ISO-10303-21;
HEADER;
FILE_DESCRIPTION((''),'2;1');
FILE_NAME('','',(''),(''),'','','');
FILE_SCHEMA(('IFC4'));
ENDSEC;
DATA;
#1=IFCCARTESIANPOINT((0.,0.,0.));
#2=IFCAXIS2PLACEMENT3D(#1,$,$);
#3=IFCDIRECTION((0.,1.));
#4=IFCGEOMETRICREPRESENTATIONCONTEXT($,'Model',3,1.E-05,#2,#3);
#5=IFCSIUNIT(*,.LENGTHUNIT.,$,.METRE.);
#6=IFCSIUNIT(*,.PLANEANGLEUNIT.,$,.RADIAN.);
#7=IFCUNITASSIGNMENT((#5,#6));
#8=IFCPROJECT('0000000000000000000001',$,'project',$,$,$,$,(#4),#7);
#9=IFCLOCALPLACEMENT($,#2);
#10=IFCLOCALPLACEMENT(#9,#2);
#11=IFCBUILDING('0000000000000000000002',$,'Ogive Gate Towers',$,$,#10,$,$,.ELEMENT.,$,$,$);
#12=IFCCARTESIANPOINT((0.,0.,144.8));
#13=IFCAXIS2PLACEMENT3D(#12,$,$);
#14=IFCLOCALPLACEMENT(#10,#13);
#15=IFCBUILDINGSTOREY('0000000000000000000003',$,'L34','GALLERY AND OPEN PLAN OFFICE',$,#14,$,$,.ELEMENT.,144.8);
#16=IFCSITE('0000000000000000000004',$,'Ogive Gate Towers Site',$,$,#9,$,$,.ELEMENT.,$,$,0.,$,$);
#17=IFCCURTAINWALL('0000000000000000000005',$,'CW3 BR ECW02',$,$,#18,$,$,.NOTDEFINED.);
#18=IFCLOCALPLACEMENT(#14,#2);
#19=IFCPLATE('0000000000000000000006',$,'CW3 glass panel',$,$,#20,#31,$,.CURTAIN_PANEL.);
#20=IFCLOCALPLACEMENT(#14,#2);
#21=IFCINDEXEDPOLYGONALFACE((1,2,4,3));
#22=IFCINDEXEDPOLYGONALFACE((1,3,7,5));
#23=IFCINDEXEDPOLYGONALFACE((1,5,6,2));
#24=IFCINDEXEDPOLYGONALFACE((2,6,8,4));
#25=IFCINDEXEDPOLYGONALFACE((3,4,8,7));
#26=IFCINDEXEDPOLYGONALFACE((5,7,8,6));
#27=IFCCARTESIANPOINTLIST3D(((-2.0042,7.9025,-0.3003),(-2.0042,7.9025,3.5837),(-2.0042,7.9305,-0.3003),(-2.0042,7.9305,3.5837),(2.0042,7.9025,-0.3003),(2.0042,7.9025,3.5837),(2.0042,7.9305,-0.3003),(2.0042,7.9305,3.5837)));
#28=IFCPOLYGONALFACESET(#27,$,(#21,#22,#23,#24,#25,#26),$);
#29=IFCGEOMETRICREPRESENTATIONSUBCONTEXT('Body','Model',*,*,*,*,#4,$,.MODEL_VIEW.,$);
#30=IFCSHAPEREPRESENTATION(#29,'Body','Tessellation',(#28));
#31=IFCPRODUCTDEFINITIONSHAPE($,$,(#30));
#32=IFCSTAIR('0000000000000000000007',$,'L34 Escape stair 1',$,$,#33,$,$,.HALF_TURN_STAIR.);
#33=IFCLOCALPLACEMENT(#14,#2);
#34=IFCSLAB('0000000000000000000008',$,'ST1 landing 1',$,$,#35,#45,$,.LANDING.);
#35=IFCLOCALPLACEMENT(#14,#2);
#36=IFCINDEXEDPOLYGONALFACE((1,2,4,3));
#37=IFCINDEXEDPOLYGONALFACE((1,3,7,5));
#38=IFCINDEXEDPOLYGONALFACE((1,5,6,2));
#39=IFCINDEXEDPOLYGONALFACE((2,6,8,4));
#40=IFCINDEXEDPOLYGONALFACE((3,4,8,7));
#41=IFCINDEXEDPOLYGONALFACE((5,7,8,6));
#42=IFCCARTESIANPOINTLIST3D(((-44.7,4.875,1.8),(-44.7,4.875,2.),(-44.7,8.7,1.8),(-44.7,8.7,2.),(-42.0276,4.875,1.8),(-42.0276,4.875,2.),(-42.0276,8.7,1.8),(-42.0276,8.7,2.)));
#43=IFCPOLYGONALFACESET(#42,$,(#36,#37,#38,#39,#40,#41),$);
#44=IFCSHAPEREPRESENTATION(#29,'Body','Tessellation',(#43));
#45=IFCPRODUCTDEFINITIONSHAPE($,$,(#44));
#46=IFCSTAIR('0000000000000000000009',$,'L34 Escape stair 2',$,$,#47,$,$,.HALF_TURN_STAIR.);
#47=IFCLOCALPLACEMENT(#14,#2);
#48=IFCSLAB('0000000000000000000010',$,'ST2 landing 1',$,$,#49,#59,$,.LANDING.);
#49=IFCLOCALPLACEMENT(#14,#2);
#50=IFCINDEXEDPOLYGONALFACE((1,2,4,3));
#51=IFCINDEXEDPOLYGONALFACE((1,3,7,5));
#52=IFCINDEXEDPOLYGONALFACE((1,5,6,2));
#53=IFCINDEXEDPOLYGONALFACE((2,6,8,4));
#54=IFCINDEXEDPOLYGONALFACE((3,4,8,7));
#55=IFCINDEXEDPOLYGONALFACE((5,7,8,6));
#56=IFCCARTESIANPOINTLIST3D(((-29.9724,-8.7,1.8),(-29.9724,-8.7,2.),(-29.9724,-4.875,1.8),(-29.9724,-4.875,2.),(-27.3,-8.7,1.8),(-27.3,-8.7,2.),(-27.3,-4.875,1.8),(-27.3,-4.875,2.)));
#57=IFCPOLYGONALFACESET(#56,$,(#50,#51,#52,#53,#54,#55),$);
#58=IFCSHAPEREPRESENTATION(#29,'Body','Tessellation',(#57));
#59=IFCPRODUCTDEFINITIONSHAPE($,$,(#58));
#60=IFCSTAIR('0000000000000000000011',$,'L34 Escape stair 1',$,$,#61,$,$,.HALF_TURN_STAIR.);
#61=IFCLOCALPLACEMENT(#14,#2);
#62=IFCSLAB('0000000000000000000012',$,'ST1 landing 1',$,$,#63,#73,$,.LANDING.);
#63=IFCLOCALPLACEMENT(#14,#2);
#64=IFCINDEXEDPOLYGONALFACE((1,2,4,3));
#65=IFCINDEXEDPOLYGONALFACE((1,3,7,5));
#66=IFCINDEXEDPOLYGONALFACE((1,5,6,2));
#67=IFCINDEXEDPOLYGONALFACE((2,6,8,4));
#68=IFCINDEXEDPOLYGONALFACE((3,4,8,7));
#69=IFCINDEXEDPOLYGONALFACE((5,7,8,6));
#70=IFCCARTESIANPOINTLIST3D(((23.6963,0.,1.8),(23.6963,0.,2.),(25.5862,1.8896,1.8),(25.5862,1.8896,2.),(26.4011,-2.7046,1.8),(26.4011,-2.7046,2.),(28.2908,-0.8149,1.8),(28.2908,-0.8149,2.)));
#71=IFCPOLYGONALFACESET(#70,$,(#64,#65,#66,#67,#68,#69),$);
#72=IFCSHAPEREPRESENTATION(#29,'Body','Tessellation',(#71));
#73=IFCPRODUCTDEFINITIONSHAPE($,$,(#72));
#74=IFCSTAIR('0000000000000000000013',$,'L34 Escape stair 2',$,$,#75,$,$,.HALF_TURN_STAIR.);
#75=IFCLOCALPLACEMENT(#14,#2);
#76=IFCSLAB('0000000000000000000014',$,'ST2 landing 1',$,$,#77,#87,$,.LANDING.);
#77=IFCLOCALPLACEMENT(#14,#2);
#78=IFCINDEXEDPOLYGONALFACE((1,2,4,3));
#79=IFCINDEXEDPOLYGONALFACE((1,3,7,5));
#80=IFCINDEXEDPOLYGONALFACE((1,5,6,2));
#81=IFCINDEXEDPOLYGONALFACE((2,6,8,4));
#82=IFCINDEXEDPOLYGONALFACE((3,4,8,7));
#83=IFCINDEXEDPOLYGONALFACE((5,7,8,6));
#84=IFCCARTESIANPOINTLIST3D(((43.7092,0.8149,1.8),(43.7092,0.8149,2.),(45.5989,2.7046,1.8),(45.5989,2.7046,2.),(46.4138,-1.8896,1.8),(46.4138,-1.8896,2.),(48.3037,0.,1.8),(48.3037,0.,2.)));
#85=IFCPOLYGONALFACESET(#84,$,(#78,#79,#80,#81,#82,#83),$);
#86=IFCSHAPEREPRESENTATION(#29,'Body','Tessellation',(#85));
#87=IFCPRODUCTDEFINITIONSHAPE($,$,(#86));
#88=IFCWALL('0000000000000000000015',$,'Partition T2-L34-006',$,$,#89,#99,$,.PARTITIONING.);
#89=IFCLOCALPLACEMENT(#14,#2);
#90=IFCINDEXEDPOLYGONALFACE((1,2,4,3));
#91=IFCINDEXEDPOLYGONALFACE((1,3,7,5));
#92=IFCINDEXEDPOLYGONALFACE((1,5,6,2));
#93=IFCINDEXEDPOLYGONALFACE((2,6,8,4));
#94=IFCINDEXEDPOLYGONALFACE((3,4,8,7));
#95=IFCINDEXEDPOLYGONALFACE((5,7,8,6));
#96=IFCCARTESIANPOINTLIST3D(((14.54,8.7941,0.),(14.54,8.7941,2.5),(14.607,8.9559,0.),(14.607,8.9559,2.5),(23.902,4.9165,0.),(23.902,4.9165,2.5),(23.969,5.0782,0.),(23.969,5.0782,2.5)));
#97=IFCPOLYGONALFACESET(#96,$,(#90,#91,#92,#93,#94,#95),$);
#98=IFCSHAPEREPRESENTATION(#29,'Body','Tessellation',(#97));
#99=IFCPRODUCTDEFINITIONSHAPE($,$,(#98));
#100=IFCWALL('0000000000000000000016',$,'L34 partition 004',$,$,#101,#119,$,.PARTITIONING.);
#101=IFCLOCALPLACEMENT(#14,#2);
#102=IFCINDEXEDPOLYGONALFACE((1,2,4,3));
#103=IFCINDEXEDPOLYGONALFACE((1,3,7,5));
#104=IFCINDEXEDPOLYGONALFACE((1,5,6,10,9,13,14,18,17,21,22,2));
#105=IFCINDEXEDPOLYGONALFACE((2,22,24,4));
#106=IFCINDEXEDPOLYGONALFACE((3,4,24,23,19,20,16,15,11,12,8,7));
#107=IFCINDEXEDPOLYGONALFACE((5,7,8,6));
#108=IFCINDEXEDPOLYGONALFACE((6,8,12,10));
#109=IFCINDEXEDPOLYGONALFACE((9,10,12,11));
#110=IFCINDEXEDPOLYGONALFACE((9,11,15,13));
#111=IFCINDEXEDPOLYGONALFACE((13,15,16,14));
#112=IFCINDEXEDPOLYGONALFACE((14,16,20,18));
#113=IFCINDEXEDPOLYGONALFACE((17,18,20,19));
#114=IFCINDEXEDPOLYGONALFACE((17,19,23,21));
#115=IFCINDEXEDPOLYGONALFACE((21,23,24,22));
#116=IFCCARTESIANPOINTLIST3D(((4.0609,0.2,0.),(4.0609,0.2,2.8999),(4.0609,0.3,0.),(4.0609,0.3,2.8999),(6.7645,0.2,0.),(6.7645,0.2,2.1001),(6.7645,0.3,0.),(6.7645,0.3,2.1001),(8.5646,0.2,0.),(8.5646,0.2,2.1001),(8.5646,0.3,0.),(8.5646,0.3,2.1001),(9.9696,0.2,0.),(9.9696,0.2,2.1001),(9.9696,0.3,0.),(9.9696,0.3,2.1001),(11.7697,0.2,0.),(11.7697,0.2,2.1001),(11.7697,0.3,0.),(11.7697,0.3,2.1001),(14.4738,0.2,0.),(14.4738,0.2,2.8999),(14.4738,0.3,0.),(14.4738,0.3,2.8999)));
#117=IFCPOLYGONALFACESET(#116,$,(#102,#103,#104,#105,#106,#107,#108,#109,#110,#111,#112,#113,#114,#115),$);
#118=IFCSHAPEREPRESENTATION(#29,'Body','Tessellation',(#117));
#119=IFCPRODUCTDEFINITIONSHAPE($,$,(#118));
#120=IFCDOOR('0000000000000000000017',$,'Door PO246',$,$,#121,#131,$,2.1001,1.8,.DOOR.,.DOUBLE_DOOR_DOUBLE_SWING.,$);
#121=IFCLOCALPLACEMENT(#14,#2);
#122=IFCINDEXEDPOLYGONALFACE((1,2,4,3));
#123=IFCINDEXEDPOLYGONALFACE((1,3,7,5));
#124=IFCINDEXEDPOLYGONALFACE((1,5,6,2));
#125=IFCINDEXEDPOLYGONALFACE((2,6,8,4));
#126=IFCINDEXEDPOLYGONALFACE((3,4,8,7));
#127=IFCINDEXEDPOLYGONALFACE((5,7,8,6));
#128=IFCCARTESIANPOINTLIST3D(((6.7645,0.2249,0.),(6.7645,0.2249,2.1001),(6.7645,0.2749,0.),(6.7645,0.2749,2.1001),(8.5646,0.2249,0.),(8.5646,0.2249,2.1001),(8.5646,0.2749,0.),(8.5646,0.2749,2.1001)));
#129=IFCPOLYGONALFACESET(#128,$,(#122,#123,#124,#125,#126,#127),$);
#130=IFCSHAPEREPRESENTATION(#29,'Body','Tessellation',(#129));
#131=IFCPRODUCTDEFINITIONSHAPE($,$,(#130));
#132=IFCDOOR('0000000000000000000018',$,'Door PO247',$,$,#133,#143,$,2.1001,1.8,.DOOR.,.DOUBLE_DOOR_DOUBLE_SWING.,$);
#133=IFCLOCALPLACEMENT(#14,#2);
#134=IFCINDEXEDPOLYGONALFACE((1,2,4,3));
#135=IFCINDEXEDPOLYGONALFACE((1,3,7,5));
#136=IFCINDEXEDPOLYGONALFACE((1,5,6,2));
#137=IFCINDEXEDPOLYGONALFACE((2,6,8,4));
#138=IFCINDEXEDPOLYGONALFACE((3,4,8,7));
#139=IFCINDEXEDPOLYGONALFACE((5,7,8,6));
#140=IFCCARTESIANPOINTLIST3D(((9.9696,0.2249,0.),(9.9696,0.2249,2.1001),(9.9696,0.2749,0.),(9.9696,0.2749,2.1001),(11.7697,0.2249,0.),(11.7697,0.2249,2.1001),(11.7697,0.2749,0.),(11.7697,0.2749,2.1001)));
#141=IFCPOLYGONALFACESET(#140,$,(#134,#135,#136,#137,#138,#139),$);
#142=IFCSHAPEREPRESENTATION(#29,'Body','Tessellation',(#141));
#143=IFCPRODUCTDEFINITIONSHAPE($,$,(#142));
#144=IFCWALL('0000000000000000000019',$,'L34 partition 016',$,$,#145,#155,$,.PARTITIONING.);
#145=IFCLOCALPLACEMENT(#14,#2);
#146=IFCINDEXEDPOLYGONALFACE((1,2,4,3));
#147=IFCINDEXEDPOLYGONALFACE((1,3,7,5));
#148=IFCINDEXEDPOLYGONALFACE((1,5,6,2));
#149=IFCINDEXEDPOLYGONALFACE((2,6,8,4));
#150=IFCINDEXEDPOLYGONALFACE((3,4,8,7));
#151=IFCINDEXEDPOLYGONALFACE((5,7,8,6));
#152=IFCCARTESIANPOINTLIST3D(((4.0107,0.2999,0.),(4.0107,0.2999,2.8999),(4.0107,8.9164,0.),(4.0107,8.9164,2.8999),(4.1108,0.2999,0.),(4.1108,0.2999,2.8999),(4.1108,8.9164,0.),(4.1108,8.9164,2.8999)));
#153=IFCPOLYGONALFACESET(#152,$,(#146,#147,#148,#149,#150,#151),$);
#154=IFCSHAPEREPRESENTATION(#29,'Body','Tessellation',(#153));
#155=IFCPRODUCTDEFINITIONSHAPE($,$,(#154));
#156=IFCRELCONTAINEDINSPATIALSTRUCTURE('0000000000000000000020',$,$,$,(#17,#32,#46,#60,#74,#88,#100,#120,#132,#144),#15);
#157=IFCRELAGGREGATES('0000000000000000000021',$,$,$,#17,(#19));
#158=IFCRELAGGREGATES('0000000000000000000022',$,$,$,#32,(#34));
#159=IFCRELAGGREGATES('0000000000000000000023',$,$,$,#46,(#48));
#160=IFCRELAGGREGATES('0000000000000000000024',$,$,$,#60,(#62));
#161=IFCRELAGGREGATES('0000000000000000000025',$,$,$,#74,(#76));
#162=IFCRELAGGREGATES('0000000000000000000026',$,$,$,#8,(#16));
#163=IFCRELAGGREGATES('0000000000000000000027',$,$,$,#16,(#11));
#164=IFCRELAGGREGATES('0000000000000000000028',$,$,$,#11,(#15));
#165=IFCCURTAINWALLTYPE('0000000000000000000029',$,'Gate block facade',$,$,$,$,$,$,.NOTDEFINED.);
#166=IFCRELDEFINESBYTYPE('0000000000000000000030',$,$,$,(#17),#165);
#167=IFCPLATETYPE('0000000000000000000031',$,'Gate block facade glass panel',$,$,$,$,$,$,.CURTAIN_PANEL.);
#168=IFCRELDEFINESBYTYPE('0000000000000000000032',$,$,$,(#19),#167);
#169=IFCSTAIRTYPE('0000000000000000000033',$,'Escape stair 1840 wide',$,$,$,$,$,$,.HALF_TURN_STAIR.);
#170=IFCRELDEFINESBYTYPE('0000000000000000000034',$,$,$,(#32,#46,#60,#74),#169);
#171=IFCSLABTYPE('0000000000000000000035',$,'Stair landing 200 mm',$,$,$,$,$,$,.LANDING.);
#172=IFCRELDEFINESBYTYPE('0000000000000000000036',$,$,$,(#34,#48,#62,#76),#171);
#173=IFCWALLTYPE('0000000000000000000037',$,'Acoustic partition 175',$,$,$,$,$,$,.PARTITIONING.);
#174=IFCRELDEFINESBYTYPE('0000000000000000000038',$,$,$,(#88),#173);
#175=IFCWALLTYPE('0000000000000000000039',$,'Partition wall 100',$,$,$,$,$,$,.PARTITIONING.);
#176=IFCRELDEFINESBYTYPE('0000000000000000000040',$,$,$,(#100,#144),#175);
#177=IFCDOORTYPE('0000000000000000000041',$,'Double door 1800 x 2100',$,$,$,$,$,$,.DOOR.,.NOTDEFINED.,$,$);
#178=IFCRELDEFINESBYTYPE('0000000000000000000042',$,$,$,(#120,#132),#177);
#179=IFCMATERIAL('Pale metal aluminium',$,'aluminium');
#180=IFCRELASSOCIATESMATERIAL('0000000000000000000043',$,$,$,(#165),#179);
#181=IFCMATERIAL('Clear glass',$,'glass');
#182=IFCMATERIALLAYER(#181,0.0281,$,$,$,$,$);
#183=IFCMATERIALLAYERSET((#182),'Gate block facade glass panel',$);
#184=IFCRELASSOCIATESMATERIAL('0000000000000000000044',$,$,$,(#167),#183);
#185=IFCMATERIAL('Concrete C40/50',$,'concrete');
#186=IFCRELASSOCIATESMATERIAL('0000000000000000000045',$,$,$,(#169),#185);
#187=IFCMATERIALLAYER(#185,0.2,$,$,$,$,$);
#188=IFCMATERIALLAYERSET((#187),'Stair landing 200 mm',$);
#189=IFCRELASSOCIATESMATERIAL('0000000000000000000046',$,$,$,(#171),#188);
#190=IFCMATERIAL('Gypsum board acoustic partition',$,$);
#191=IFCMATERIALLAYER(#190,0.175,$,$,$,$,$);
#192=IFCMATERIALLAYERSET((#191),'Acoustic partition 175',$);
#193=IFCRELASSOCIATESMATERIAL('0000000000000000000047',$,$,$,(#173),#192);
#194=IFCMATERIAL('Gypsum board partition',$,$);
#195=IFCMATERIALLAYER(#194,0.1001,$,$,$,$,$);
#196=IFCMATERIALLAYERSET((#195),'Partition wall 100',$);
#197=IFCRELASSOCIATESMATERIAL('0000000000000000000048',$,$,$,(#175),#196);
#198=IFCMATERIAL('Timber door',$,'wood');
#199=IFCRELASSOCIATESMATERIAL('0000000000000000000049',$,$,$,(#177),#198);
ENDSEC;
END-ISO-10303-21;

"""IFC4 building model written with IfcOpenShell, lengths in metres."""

from ifc_helpers import new_model, si_unit, direction, frame, frame_2d, origin, origin_2d, place, context, subcontext, project, spatial, polyline, rectangle, outline, extrude, material, layer, layer_set, type_object, element, fill, aggregate, save


model = new_model("IFC4")

# Units and contexts
model_context = context("Model", 3, precision=1e-05, world=origin(), true_north=direction((0.0, 1.0)))
body_context = subcontext(model_context, "Body", "Model", "MODEL_VIEW")
ifc_project = project(units=[si_unit("LENGTHUNIT", "METRE"), si_unit("PLANEANGLEUNIT", "RADIAN")], contexts=[model_context])

# Site, building, storey
site_placement = place(None, origin())
site = spatial("IfcSite", under=ifc_project, at=site_placement, Name="Ogive Gate Towers Site", CompositionType="ELEMENT", RefElevation=0.0)
building_placement = place(site_placement, origin())
building = spatial("IfcBuilding", under=site, at=building_placement, Name="Ogive Gate Towers", CompositionType="ELEMENT")
storey_placement = place(building_placement, frame((0.0, 0.0, 144.8)))
storey = spatial("IfcBuildingStorey", under=building, at=storey_placement, Name="L34", Description="GALLERY AND OPEN PLAN OFFICE", CompositionType="ELEMENT", Elevation=144.8)

# Curtain wall
ifc_material_1 = material(Name="Pale metal aluminium", Category="aluminium")
curtain_wall_type_1 = type_object("IfcCurtainWallType", Name="Gate block facade", PredefinedType="NOTDEFINED", material=ifc_material_1)
curtain_wall_1_placement = place(storey_placement, origin())
curtain_wall_1 = element("IfcCurtainWall", 1, at=curtain_wall_1_placement, inside=storey, type_object=curtain_wall_type_1, Name="CW3 BR ECW02", PredefinedType="NOTDEFINED")

# Shared definitions
ifc_material_2 = material(Name="Concrete C40/50", Category="concrete")

# Plate
ifc_material_3 = material(Name="Clear glass", Category="glass")
ifc_layer_1 = layer(ifc_material_3, 0.0281)
ifc_layer_set_1 = layer_set([ifc_layer_1], Name="Gate block facade glass panel")
plate_type = type_object("IfcPlateType", Name="Gate block facade glass panel", PredefinedType="CURTAIN_PANEL", material=ifc_layer_set_1)
plate_1_placement = place(storey_placement, frame((0.0, 7.9165, -0.3003), z_axis=(0.0, 0.0, 1.0), x_axis=(-1.0, 0.0, 0.0)))
plate_1 = element("IfcPlate", 2, at=plate_1_placement, type_object=plate_type, Name="CW3 glass panel", PredefinedType="CURTAIN_PANEL", context=body_context, shape_type="SweptSolid", body=[
    extrude(rectangle(XDim=4.0083, YDim=0.0281, at=origin_2d()), origin(), (0.0, 0.0, 1.0), 3.884),
])
aggregate(curtain_wall_1, [plate_1])

# Stairs, slabs
stair_type = type_object("IfcStairType", Name="Escape stair 1840 wide", PredefinedType="HALF_TURN_STAIR", material=ifc_material_2)
stair_1_placement = place(storey_placement, origin())
stair_1 = element("IfcStair", 3, at=stair_1_placement, inside=storey, type_object=stair_type, Name="L34 Escape stair 1", PredefinedType="HALF_TURN_STAIR")
ifc_layer_2 = layer(ifc_material_2, 0.2)
ifc_layer_set_2 = layer_set([ifc_layer_2], Name="Stair landing 200 mm")
slab_type_1 = type_object("IfcSlabType", Name="Stair landing 200 mm", PredefinedType="LANDING", material=ifc_layer_set_2)
slab_1_placement = place(storey_placement, frame((0.0, 0.0, 1.8)))
slab_1 = element("IfcSlab", 4, at=slab_1_placement, type_object=slab_type_1, Name="ST1 landing 1", PredefinedType="LANDING", context=body_context, shape_type="SweptSolid", body=[
    extrude(outline(polyline([(-42.0276, 8.7), (-44.7, 8.7), (-44.7, 4.875), (-42.0276, 4.875), (-42.0276, 8.7)])), origin(), (0.0, 0.0, 1.0), 0.2),
])
aggregate(stair_1, [slab_1])
stair_2_placement = place(storey_placement, origin())
stair_2 = element("IfcStair", 5, at=stair_2_placement, inside=storey, type_object=stair_type, Name="L34 Escape stair 2", PredefinedType="HALF_TURN_STAIR")
slab_2_placement = place(storey_placement, frame((0.0, 0.0, 1.8)))
slab_2 = element("IfcSlab", 6, at=slab_2_placement, type_object=slab_type_1, Name="ST2 landing 1", PredefinedType="LANDING", context=body_context, shape_type="SweptSolid", body=[
    extrude(outline(polyline([(-29.9724, -8.7), (-27.3, -8.7), (-27.3, -4.875), (-29.9724, -4.875), (-29.9724, -8.7)])), origin(), (0.0, 0.0, 1.0), 0.2),
])
aggregate(stair_2, [slab_2])
stair_3_placement = place(storey_placement, origin())
stair_3 = element("IfcStair", 7, at=stair_3_placement, inside=storey, type_object=stair_type, Name="L34 Escape stair 1", PredefinedType="HALF_TURN_STAIR")
slab_3_placement = place(storey_placement, frame((0.0, 0.0, 1.8)))
slab_3 = element("IfcSlab", 8, at=slab_3_placement, type_object=slab_type_1, Name="ST1 landing 1", PredefinedType="LANDING", context=body_context, shape_type="SweptSolid", body=[
    extrude(outline(polyline([(25.5862, 1.8896), (23.6963, 0.0), (26.4011, -2.7046), (28.2908, -0.8149), (25.5862, 1.8896)])), origin(), (0.0, 0.0, 1.0), 0.2),
])
aggregate(stair_3, [slab_3])
stair_4_placement = place(storey_placement, origin())
stair_4 = element("IfcStair", 9, at=stair_4_placement, inside=storey, type_object=stair_type, Name="L34 Escape stair 2", PredefinedType="HALF_TURN_STAIR")
slab_4_placement = place(storey_placement, frame((0.0, 0.0, 1.8)))
slab_4 = element("IfcSlab", 10, at=slab_4_placement, type_object=slab_type_1, Name="ST2 landing 1", PredefinedType="LANDING", context=body_context, shape_type="SweptSolid", body=[
    extrude(outline(polyline([(46.4138, -1.8896), (48.3037, 0.0), (45.5989, 2.7046), (43.7092, 0.8149), (46.4138, -1.8896)])), origin(), (0.0, 0.0, 1.0), 0.2),
])
aggregate(stair_4, [slab_4])

# Wall
ifc_material_4 = material(Name="Gypsum board acoustic partition")
ifc_layer_3 = layer(ifc_material_4, 0.175)
ifc_layer_set_3 = layer_set([ifc_layer_3], Name="Acoustic partition 175")
wall_type_1 = type_object("IfcWallType", Name="Acoustic partition 175", PredefinedType="PARTITIONING", material=ifc_layer_set_3)
wall_1_placement = place(storey_placement, frame((14.5735, 8.875, 0.0), z_axis=(0.0, 0.0, 1.0), x_axis=(0.923887, -0.382666, 0.0)))
element("IfcWall", 11, at=wall_1_placement, inside=storey, type_object=wall_type_1, Name="Partition T2-L34-006", PredefinedType="PARTITIONING", context=body_context, shape_type="SweptSolid", body=[
    extrude(rectangle(XDim=10.1333, YDim=0.175, at=frame_2d((5.0667, 0.0))), origin(), (0.0, 0.0, 1.0), 2.5),
])

# Wall, openings, doors
ifc_material_5 = material(Name="Gypsum board partition")
ifc_layer_4 = layer(ifc_material_5, 0.1001)
ifc_layer_set_4 = layer_set([ifc_layer_4], Name="Partition wall 100")
wall_type_2 = type_object("IfcWallType", Name="Partition wall 100", PredefinedType="PARTITIONING", material=ifc_layer_set_4)
wall_2_placement = place(storey_placement, frame((4.0608, 0.25, 0.0), z_axis=(0.0, 0.0, 1.0), x_axis=(1.0, 0.0, 0.0)))
wall_2 = element("IfcWall", 12, at=wall_2_placement, inside=storey, type_object=wall_type_2, Name="L34 partition 004", PredefinedType="PARTITIONING", context=body_context, shape_type="SweptSolid", body=[
    extrude(rectangle(XDim=10.4128, YDim=0.1001, at=frame_2d((5.2065, 0.0))), origin(), (0.0, 0.0, 1.0), 2.8999),
])
opening_1_placement = place(wall_2_placement, frame((2.7039, 0.0, 0.0)))
opening_1 = element("IfcOpeningElement", 13, at=opening_1_placement, cuts=wall_2, PredefinedType="OPENING", context=body_context, shape_type="SweptSolid", body=[
    extrude(rectangle(XDim=1.8, YDim=2.1001, at=frame_2d((0.8999, 1.05))), frame((0.0, 0.0601, 0.0), z_axis=(0.0, -1.0, 0.0), x_axis=(1.0, 0.0, 0.0)), (0.0, 0.0, 1.0), 0.1201),
])
opening_2_placement = place(wall_2_placement, frame((5.9089, 0.0, 0.0)))
opening_2 = element("IfcOpeningElement", 14, at=opening_2_placement, cuts=wall_2, PredefinedType="OPENING", context=body_context, shape_type="SweptSolid", body=[
    extrude(rectangle(XDim=1.8, YDim=2.1001, at=frame_2d((0.8999, 1.05))), frame((0.0, 0.0601, 0.0), z_axis=(0.0, -1.0, 0.0), x_axis=(1.0, 0.0, 0.0)), (0.0, 0.0, 1.0), 0.1201),
])
ifc_material_6 = material(Name="Timber door", Category="wood")
door_type = type_object("IfcDoorType", Name="Double door 1800 x 2100", OperationType="NOTDEFINED", PredefinedType="DOOR", material=ifc_material_6)
door_1_placement = place(opening_1_placement, origin())
door_1 = element("IfcDoor", 15, at=door_1_placement, inside=storey, type_object=door_type, Name="Door PO246", OperationType="DOUBLE_DOOR_DOUBLE_SWING", OverallHeight=2.1001, OverallWidth=1.8, PredefinedType="DOOR", context=body_context, shape_type="SweptSolid", body=[
    extrude(rectangle(XDim=1.8, YDim=2.1001, at=frame_2d((0.8999, 1.05))), frame((0.0, 0.0249, 0.0), z_axis=(0.0, -1.0, 0.0), x_axis=(1.0, 0.0, 0.0)), (0.0, 0.0, 1.0), 0.05),
])
fill(opening_1, door_1)
door_2_placement = place(opening_2_placement, origin())
door_2 = element("IfcDoor", 16, at=door_2_placement, inside=storey, type_object=door_type, Name="Door PO247", OperationType="DOUBLE_DOOR_DOUBLE_SWING", OverallHeight=2.1001, OverallWidth=1.8, PredefinedType="DOOR", context=body_context, shape_type="SweptSolid", body=[
    extrude(rectangle(XDim=1.8, YDim=2.1001, at=frame_2d((0.8999, 1.05))), frame((0.0, 0.0249, 0.0), z_axis=(0.0, -1.0, 0.0), x_axis=(1.0, 0.0, 0.0)), (0.0, 0.0, 1.0), 0.05),
])
fill(opening_2, door_2)

# Wall
wall_3_placement = place(storey_placement, frame((4.0608, 0.3, 0.0), z_axis=(0.0, 0.0, 1.0), x_axis=(0.0, 1.0, 0.0)))
element("IfcWall", 17, at=wall_3_placement, inside=storey, type_object=wall_type_2, Name="L34 partition 016", PredefinedType="PARTITIONING", context=body_context, shape_type="SweptSolid", body=[
    extrude(rectangle(XDim=8.6165, YDim=0.1001, at=frame_2d((4.3081, 0.0))), origin(), (0.0, 0.0, 1.0), 2.8999),
])

save(model, "model.ifc")
